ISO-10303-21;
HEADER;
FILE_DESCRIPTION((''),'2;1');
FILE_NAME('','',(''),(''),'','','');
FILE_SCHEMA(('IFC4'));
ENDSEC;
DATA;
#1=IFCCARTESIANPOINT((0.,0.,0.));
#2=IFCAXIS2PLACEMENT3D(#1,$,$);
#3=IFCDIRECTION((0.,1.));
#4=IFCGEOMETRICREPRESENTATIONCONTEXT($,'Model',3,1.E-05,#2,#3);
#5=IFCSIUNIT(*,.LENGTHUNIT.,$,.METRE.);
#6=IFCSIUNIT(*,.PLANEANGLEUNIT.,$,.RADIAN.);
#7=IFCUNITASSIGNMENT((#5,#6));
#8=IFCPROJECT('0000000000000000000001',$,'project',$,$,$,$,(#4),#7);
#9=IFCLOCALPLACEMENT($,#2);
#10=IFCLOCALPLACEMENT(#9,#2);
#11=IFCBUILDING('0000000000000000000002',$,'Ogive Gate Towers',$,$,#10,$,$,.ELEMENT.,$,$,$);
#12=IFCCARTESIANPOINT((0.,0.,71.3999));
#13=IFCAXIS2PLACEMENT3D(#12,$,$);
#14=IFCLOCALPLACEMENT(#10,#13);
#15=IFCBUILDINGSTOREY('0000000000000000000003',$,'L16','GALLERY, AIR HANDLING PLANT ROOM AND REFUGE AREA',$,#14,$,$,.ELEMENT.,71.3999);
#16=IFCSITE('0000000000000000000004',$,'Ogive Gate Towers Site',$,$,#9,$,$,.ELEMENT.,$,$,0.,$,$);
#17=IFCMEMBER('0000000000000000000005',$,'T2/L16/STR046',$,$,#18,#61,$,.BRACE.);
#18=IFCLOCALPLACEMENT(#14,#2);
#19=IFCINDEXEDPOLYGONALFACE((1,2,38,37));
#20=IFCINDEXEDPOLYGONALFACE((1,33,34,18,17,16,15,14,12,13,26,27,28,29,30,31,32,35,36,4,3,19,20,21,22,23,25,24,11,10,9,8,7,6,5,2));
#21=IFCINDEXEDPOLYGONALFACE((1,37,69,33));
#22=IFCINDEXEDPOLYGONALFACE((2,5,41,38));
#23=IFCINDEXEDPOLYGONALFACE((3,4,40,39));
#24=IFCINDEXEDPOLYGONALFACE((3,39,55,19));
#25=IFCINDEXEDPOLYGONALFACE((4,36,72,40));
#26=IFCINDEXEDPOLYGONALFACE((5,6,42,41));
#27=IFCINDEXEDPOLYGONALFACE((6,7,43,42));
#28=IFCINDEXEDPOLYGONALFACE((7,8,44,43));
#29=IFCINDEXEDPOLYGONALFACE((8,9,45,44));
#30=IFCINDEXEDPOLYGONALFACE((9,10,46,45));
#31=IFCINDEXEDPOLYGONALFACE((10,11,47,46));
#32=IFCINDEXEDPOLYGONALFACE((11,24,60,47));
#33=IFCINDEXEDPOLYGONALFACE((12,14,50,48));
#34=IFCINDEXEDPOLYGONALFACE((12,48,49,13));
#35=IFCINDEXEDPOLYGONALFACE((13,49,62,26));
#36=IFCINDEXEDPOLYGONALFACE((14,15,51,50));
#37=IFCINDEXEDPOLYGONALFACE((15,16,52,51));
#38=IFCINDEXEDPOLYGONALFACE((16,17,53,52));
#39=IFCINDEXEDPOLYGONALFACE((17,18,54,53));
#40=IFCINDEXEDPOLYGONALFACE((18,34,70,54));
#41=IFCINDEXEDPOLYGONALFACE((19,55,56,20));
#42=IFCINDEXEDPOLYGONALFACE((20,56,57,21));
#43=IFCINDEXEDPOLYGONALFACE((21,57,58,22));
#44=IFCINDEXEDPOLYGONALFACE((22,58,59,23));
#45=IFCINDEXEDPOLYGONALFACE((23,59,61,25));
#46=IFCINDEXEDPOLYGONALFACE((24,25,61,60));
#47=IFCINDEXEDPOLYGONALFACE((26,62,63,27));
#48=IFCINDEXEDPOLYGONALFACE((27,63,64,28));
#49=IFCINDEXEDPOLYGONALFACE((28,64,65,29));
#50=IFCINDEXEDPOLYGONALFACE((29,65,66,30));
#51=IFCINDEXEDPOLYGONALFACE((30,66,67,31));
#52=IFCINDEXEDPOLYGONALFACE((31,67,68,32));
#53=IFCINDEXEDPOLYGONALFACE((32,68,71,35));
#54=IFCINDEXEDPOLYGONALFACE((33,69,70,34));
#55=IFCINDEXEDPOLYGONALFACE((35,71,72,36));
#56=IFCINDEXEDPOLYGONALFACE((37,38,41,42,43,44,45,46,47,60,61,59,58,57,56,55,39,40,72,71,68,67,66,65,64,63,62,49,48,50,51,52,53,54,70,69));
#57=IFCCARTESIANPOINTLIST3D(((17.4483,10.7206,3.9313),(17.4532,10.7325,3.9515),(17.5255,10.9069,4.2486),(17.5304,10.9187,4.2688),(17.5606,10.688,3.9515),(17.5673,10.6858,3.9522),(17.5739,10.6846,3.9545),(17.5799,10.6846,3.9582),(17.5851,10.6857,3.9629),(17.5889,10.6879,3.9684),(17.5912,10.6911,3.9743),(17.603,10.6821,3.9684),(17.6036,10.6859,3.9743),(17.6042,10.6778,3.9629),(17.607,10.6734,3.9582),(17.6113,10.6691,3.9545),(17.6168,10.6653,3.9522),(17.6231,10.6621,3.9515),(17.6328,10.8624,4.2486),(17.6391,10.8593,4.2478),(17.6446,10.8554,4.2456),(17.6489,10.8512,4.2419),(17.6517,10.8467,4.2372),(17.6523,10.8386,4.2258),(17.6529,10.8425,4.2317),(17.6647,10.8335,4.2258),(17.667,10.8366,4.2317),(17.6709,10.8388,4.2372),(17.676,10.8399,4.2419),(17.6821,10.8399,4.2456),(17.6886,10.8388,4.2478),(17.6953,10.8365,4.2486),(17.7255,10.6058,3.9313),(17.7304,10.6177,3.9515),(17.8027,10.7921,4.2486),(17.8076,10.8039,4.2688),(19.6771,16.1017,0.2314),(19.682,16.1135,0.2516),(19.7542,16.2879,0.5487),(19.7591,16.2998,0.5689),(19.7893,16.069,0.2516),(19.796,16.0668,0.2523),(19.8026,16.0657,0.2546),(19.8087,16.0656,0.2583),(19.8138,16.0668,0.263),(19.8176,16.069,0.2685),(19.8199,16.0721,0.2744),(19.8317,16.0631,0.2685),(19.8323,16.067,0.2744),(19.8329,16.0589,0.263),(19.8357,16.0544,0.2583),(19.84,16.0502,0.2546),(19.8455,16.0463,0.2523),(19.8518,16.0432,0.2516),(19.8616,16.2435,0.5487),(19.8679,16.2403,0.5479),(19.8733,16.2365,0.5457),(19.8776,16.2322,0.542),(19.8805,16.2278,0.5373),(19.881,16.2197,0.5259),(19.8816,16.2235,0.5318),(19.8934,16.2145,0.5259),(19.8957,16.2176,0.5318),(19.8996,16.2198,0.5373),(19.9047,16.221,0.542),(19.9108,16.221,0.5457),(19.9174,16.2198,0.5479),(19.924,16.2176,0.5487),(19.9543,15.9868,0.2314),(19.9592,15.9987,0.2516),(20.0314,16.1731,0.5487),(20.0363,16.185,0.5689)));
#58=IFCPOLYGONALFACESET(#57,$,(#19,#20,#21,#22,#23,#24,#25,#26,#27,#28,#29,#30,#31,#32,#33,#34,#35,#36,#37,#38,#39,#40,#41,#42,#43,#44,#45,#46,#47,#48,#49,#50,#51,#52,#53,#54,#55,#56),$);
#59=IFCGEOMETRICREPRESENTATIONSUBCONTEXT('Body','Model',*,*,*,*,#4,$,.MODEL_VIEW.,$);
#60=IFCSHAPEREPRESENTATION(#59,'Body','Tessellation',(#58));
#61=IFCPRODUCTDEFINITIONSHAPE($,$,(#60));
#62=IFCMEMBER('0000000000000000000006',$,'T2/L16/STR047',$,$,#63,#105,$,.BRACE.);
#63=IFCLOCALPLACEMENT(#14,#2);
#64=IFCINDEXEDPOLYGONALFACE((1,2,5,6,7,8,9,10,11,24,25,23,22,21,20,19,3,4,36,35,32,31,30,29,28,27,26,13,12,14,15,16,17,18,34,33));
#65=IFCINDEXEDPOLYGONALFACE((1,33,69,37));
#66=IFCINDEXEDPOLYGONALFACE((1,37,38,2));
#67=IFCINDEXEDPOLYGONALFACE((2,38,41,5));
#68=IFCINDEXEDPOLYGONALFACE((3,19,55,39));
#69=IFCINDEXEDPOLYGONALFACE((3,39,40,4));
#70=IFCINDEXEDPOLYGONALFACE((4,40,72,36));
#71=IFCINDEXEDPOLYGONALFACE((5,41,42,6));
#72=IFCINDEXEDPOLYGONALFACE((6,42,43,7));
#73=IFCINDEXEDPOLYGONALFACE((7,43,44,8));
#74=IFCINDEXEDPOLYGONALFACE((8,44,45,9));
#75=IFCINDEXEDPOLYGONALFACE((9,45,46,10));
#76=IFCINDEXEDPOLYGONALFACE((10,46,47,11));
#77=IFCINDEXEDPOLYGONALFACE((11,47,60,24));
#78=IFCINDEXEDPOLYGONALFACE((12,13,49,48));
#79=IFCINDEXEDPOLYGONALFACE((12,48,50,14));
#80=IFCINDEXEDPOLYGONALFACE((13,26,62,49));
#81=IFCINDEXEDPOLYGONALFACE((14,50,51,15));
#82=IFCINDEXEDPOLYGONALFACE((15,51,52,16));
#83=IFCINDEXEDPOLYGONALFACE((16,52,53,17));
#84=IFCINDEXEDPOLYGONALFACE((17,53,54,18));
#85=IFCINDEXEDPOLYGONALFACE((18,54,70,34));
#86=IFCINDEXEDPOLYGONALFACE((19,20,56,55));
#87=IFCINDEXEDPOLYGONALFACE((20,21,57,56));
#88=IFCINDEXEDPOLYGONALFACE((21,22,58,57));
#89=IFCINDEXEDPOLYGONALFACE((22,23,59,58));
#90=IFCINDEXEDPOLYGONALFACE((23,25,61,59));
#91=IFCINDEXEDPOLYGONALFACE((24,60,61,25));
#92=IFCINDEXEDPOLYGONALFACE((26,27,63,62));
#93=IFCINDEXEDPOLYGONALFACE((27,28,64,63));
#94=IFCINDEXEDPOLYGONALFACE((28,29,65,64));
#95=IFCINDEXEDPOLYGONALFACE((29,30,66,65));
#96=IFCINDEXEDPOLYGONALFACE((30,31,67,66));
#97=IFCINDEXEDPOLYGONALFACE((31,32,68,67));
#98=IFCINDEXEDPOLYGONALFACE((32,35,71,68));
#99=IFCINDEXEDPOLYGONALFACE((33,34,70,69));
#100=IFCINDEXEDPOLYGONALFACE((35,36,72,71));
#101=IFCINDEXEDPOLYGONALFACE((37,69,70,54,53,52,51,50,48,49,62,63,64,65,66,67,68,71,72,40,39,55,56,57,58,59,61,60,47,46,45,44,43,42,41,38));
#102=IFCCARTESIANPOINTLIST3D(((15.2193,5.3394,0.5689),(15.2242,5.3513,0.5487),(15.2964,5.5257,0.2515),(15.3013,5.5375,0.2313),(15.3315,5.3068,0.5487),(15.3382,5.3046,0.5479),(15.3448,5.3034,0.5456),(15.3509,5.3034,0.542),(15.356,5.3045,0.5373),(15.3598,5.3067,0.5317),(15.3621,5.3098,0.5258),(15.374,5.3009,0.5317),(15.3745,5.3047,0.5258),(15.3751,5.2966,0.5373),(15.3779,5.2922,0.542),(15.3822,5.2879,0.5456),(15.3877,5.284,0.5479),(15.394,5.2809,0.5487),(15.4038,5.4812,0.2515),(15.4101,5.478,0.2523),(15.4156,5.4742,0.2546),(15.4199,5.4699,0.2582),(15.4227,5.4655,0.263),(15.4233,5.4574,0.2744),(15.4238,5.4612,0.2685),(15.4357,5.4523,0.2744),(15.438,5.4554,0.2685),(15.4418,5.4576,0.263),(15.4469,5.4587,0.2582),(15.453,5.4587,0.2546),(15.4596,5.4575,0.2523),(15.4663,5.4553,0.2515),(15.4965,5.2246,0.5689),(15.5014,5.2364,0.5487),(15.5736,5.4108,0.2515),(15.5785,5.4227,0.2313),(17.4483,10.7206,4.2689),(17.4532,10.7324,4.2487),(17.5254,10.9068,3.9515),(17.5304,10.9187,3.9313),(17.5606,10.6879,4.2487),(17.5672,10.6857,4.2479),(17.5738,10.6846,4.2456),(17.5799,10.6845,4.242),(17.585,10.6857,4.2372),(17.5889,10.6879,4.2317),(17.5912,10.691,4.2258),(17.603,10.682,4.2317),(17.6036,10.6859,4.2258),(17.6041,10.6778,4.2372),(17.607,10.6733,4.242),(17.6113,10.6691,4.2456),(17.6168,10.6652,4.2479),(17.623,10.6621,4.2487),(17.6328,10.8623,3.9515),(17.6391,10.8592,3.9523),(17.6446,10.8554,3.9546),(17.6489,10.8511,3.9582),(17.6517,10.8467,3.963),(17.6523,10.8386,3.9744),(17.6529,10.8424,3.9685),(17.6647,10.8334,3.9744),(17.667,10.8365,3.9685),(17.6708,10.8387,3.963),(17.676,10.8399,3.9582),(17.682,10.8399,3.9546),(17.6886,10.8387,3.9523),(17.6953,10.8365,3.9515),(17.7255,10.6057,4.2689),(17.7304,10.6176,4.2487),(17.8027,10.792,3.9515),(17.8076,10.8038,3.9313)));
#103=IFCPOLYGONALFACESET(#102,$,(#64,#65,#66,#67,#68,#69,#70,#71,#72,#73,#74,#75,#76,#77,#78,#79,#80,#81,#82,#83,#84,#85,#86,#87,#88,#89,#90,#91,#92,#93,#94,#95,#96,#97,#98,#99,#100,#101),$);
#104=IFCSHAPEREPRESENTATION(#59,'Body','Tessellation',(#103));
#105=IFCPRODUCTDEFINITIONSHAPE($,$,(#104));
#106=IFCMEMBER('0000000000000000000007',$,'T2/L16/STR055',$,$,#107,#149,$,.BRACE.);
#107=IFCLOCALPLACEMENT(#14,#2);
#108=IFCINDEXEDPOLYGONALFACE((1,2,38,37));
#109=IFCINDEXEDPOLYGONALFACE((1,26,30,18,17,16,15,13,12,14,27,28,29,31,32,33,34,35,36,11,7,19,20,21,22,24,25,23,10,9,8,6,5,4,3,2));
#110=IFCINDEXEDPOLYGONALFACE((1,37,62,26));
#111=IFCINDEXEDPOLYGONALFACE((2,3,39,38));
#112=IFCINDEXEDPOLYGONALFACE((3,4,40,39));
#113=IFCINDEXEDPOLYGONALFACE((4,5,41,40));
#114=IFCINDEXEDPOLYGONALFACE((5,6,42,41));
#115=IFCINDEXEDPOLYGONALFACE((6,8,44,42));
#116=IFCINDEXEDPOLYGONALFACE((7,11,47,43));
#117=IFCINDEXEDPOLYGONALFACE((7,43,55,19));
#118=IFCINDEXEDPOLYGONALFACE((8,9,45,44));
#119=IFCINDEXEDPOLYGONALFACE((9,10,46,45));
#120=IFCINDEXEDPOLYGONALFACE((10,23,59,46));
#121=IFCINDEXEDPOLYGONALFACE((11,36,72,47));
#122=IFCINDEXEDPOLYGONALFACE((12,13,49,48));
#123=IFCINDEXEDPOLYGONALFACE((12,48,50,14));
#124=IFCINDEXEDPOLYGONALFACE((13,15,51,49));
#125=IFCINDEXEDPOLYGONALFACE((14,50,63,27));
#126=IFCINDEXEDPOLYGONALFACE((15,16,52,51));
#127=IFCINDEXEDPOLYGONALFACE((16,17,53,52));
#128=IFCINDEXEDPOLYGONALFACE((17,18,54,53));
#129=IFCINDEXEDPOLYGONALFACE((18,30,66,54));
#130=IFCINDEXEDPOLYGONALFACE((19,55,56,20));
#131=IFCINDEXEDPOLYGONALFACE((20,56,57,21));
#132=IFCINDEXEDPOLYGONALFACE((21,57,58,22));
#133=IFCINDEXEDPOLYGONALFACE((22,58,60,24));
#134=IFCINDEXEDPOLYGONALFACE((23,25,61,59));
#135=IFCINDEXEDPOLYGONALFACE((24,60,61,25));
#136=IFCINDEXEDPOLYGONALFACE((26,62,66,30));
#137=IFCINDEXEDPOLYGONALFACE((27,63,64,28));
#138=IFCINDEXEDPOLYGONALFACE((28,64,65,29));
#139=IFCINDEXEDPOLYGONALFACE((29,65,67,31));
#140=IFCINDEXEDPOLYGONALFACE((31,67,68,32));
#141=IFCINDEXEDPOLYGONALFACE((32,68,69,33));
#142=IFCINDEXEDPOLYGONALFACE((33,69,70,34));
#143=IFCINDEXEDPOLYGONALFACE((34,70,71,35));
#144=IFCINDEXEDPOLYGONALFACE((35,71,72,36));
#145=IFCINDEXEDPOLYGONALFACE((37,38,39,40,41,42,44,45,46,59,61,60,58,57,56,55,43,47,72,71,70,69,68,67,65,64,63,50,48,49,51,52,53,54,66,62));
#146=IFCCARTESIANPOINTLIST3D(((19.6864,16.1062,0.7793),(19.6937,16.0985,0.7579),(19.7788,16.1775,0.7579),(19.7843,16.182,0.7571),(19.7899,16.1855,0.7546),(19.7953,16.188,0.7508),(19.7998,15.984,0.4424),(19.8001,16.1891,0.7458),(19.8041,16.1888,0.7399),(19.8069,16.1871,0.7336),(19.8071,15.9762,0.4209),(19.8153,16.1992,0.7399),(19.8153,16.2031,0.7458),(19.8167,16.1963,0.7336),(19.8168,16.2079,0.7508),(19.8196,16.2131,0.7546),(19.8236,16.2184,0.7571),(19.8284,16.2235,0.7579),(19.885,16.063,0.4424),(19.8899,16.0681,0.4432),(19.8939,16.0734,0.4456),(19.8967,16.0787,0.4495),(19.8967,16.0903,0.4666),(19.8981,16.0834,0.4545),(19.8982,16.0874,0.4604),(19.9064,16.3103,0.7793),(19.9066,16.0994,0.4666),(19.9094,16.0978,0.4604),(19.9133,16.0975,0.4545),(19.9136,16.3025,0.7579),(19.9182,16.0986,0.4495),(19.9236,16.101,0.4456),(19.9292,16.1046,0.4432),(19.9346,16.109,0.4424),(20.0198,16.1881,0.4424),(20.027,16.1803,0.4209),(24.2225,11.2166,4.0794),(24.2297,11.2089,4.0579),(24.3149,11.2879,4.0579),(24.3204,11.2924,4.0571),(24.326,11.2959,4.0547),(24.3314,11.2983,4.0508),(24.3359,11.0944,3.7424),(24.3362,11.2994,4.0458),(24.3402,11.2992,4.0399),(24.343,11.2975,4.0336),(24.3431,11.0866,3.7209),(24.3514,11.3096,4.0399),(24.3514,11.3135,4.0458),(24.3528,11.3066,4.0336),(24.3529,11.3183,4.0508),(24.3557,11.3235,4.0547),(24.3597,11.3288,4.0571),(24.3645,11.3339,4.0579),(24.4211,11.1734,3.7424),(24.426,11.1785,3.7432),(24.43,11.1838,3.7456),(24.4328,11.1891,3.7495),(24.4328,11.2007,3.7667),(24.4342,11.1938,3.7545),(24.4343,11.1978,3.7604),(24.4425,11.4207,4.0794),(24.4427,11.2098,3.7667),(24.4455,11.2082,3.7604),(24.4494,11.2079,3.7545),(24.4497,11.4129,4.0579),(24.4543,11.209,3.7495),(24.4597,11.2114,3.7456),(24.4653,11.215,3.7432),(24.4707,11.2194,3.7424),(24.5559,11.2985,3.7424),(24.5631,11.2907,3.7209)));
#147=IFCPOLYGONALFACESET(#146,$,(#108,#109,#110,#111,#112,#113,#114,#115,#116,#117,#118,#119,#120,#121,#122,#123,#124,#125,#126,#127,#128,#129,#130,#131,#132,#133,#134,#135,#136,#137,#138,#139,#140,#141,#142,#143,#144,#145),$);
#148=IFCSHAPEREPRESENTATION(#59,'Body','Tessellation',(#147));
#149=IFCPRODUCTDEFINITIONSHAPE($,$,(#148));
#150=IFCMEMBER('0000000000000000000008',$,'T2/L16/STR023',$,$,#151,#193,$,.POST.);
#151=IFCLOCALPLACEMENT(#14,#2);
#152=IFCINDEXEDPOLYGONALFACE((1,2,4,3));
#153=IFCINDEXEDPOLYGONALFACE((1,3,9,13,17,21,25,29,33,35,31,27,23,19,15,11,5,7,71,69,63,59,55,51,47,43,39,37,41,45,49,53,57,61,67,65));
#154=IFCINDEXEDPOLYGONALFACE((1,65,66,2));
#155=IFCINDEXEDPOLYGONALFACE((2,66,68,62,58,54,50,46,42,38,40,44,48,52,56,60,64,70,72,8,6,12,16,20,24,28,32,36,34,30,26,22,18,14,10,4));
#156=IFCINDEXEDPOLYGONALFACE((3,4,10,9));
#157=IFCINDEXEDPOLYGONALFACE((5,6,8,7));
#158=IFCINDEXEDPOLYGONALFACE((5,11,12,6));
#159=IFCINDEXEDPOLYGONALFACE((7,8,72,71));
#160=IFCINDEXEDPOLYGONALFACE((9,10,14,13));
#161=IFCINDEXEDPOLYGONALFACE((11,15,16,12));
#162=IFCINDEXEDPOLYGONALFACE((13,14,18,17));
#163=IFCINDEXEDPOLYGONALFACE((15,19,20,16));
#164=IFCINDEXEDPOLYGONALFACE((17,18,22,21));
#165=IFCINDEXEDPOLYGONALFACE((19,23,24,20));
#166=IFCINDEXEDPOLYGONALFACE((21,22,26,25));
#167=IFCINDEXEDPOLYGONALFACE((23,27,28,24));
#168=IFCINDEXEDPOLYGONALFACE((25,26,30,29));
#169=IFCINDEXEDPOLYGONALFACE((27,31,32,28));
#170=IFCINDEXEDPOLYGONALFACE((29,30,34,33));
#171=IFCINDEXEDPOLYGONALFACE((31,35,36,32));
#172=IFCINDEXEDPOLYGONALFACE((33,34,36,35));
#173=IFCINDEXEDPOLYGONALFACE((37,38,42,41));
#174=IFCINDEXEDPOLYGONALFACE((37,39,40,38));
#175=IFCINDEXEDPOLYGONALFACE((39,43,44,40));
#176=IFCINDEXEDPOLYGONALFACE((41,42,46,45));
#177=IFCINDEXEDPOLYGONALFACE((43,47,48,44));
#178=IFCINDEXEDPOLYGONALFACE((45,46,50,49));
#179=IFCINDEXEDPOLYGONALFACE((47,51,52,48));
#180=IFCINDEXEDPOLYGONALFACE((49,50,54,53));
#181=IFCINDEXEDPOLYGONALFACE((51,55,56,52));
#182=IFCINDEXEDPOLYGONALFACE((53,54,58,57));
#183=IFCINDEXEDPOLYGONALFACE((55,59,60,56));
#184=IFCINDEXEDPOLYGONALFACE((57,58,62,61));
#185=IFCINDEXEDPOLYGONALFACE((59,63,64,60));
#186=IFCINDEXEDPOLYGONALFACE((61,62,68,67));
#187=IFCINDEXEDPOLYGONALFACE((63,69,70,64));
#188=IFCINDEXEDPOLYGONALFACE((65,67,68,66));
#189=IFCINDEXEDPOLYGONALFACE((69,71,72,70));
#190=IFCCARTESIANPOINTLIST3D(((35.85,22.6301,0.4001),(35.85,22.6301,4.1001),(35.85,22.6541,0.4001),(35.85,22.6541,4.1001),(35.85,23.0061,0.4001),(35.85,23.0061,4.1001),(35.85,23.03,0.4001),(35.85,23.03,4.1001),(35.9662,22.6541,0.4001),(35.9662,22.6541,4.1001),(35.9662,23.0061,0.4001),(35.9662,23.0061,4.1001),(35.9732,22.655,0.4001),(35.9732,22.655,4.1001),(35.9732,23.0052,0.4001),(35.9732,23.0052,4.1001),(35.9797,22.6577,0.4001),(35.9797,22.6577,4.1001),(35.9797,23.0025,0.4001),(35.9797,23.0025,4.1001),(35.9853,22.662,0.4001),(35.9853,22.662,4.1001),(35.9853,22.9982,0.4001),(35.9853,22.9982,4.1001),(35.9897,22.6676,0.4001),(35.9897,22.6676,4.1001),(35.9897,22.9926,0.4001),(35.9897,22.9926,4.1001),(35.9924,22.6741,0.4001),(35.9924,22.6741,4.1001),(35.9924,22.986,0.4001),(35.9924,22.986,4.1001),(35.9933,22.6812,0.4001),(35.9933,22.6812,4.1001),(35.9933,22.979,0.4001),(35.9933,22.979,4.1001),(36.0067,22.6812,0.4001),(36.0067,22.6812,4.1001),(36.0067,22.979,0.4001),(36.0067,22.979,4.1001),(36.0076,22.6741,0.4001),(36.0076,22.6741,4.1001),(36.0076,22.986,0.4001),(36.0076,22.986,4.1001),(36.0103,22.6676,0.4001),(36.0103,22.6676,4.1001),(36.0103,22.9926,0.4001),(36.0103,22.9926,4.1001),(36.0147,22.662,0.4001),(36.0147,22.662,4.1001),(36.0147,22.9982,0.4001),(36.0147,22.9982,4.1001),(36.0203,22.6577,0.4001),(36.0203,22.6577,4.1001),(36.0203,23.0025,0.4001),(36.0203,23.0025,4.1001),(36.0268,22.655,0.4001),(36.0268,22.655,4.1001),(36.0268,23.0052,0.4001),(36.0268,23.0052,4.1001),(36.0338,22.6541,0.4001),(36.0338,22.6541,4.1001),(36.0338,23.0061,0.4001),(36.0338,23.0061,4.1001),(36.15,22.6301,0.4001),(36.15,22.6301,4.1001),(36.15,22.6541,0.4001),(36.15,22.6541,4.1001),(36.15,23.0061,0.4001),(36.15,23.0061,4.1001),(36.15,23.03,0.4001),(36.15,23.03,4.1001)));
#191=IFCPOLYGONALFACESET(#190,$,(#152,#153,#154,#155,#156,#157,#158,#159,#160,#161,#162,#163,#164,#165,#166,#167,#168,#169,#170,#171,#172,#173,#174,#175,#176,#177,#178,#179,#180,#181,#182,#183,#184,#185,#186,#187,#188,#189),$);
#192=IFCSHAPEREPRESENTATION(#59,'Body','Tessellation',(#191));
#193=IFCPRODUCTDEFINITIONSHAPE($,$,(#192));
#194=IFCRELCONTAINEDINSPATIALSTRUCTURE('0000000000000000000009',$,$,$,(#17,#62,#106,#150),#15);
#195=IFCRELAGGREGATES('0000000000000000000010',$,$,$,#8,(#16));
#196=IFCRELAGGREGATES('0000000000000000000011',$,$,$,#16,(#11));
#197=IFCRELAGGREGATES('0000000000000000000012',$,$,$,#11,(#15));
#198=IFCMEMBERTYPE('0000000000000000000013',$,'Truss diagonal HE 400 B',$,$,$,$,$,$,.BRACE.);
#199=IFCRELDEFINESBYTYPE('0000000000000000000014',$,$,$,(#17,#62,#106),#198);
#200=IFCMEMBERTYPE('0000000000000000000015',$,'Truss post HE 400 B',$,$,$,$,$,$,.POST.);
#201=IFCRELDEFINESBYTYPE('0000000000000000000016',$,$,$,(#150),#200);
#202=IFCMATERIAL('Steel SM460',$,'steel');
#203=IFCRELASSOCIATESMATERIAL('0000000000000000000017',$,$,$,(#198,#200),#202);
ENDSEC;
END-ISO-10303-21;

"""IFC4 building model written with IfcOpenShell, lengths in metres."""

from ifc_helpers import new_model, si_unit, direction, frame, origin, origin_2d, place, context, subcontext, project, spatial, i_section, extrude, material, material_profile, profile_set, type_object, element, save


model = new_model("IFC4")

# Units and contexts
model_context = context("Model", 3, precision=1e-05, world=origin(), true_north=direction((0.0, 1.0)))
body_context = subcontext(model_context, "Body", "Model", "MODEL_VIEW")
ifc_project = project(units=[si_unit("LENGTHUNIT", "METRE"), si_unit("PLANEANGLEUNIT", "RADIAN")], contexts=[model_context])

# Site, building, storey
site_placement = place(None, origin())
site = spatial("IfcSite", under=ifc_project, at=site_placement, Name="Ogive Gate Towers Site", CompositionType="ELEMENT", RefElevation=0.0)
building_placement = place(site_placement, origin())
building = spatial("IfcBuilding", under=site, at=building_placement, Name="Ogive Gate Towers", CompositionType="ELEMENT")
storey_placement = place(building_placement, frame((0.0, 0.0, 71.3999)))
storey = spatial("IfcBuildingStorey", under=building, at=storey_placement, Name="L16", Description="GALLERY, AIR HANDLING PLANT ROOM AND REFUGE AREA", CompositionType="ELEMENT", Elevation=71.3999)

# Shared definitions
ifc_material_1 = material(Name="Steel SM460", Category="steel")

# Members
ifc_material_profile_1 = material_profile(ifc_material_1, i_section(OverallWidth=0.3, OverallDepth=0.3999, WebThickness=0.0134, FlangeThickness=0.0239, FilletRadius=0.0271, at=origin_2d()), Name="HE 400 B")
ifc_profile_set_1 = profile_set([ifc_material_profile_1], Name="Steel SM460")
member_type_1 = type_object("IfcMemberType", Name="Truss diagonal HE 400 B", PredefinedType="BRACE", material=ifc_profile_set_1)
for number, where, z_axis, x_axis, name in (
    (1, (19.8567, 16.1433, 0.4001), (-0.322998, -0.779843, 0.536206), (0.92389, -0.382659, 0.0), "T2/L16/STR046"),
):
    element("IfcMember", number, at=place(storey_placement, frame(where, z_axis=z_axis, x_axis=x_axis)), inside=storey, type_object=member_type_1, Name=name, PredefinedType="BRACE", context=body_context, shape_type="SweptSolid", body=[
        extrude(i_section(OverallWidth=0.3, OverallDepth=0.3999, WebThickness=0.0134, FlangeThickness=0.0239, FilletRadius=0.0271, at=origin_2d()), origin(), (0.0, 0.0, 1.0), 6.9001),
    ])
member_1_placement = place(storey_placement, frame((17.6279, 10.7622, 4.1001), z_axis=(-0.323029, -0.779834, -0.5362), x_axis=(0.923875, -0.382695, 0.0)))
element("IfcMember", 2, at=member_1_placement, inside=storey, type_object=member_type_1, Name="T2/L16/STR047", PredefinedType="BRACE", context=body_context, shape_type="SweptSolid", body=[
    extrude(i_section(OverallWidth=0.3, OverallDepth=0.3999, WebThickness=0.0134, FlangeThickness=0.0239, FilletRadius=0.0271, at=origin_2d()), origin(), (0.0, 0.0, 1.0), 6.9004),
])
member_2_placement = place(storey_placement, frame((24.3928, 11.2537, 3.9001), z_axis=(-0.609575, 0.657081, -0.443467), x_axis=(-0.733112, -0.680108, 0.0)))
element("IfcMember", 3, at=member_2_placement, inside=storey, type_object=member_type_1, Name="T2/L16/STR055", PredefinedType="BRACE", context=body_context, shape_type="SweptSolid", body=[
    extrude(i_section(OverallWidth=0.3, OverallDepth=0.3999, WebThickness=0.0134, FlangeThickness=0.0239, FilletRadius=0.0271, at=origin_2d()), origin(), (0.0, 0.0, 1.0), 7.4414),
])
ifc_material_profile_2 = material_profile(ifc_material_1, i_section(OverallWidth=0.3, OverallDepth=0.3999, WebThickness=0.0134, FlangeThickness=0.0239, FilletRadius=0.0271, at=origin_2d()), Name="HE 400 B")
ifc_profile_set_2 = profile_set([ifc_material_profile_2], Name="Steel SM460")
member_type_2 = type_object("IfcMemberType", Name="Truss post HE 400 B", PredefinedType="POST", material=ifc_profile_set_2)
for number, where, z_axis, x_axis, name in (
    (4, (36.0, 22.8301, 0.4001), (0.0, 0.0, 1.0), (1.0, 0.0, 0.0), "T2/L16/STR023"),
):
    element("IfcMember", number, at=place(storey_placement, frame(where, z_axis=z_axis, x_axis=x_axis)), inside=storey, type_object=member_type_2, Name=name, PredefinedType="POST", context=body_context, shape_type="SweptSolid", body=[
        extrude(i_section(OverallWidth=0.3, OverallDepth=0.3999, WebThickness=0.0134, FlangeThickness=0.0239, FilletRadius=0.0271, at=origin_2d()), origin(), (0.0, 0.0, 1.0), 3.7),
    ])

save(model, "model.ifc")
